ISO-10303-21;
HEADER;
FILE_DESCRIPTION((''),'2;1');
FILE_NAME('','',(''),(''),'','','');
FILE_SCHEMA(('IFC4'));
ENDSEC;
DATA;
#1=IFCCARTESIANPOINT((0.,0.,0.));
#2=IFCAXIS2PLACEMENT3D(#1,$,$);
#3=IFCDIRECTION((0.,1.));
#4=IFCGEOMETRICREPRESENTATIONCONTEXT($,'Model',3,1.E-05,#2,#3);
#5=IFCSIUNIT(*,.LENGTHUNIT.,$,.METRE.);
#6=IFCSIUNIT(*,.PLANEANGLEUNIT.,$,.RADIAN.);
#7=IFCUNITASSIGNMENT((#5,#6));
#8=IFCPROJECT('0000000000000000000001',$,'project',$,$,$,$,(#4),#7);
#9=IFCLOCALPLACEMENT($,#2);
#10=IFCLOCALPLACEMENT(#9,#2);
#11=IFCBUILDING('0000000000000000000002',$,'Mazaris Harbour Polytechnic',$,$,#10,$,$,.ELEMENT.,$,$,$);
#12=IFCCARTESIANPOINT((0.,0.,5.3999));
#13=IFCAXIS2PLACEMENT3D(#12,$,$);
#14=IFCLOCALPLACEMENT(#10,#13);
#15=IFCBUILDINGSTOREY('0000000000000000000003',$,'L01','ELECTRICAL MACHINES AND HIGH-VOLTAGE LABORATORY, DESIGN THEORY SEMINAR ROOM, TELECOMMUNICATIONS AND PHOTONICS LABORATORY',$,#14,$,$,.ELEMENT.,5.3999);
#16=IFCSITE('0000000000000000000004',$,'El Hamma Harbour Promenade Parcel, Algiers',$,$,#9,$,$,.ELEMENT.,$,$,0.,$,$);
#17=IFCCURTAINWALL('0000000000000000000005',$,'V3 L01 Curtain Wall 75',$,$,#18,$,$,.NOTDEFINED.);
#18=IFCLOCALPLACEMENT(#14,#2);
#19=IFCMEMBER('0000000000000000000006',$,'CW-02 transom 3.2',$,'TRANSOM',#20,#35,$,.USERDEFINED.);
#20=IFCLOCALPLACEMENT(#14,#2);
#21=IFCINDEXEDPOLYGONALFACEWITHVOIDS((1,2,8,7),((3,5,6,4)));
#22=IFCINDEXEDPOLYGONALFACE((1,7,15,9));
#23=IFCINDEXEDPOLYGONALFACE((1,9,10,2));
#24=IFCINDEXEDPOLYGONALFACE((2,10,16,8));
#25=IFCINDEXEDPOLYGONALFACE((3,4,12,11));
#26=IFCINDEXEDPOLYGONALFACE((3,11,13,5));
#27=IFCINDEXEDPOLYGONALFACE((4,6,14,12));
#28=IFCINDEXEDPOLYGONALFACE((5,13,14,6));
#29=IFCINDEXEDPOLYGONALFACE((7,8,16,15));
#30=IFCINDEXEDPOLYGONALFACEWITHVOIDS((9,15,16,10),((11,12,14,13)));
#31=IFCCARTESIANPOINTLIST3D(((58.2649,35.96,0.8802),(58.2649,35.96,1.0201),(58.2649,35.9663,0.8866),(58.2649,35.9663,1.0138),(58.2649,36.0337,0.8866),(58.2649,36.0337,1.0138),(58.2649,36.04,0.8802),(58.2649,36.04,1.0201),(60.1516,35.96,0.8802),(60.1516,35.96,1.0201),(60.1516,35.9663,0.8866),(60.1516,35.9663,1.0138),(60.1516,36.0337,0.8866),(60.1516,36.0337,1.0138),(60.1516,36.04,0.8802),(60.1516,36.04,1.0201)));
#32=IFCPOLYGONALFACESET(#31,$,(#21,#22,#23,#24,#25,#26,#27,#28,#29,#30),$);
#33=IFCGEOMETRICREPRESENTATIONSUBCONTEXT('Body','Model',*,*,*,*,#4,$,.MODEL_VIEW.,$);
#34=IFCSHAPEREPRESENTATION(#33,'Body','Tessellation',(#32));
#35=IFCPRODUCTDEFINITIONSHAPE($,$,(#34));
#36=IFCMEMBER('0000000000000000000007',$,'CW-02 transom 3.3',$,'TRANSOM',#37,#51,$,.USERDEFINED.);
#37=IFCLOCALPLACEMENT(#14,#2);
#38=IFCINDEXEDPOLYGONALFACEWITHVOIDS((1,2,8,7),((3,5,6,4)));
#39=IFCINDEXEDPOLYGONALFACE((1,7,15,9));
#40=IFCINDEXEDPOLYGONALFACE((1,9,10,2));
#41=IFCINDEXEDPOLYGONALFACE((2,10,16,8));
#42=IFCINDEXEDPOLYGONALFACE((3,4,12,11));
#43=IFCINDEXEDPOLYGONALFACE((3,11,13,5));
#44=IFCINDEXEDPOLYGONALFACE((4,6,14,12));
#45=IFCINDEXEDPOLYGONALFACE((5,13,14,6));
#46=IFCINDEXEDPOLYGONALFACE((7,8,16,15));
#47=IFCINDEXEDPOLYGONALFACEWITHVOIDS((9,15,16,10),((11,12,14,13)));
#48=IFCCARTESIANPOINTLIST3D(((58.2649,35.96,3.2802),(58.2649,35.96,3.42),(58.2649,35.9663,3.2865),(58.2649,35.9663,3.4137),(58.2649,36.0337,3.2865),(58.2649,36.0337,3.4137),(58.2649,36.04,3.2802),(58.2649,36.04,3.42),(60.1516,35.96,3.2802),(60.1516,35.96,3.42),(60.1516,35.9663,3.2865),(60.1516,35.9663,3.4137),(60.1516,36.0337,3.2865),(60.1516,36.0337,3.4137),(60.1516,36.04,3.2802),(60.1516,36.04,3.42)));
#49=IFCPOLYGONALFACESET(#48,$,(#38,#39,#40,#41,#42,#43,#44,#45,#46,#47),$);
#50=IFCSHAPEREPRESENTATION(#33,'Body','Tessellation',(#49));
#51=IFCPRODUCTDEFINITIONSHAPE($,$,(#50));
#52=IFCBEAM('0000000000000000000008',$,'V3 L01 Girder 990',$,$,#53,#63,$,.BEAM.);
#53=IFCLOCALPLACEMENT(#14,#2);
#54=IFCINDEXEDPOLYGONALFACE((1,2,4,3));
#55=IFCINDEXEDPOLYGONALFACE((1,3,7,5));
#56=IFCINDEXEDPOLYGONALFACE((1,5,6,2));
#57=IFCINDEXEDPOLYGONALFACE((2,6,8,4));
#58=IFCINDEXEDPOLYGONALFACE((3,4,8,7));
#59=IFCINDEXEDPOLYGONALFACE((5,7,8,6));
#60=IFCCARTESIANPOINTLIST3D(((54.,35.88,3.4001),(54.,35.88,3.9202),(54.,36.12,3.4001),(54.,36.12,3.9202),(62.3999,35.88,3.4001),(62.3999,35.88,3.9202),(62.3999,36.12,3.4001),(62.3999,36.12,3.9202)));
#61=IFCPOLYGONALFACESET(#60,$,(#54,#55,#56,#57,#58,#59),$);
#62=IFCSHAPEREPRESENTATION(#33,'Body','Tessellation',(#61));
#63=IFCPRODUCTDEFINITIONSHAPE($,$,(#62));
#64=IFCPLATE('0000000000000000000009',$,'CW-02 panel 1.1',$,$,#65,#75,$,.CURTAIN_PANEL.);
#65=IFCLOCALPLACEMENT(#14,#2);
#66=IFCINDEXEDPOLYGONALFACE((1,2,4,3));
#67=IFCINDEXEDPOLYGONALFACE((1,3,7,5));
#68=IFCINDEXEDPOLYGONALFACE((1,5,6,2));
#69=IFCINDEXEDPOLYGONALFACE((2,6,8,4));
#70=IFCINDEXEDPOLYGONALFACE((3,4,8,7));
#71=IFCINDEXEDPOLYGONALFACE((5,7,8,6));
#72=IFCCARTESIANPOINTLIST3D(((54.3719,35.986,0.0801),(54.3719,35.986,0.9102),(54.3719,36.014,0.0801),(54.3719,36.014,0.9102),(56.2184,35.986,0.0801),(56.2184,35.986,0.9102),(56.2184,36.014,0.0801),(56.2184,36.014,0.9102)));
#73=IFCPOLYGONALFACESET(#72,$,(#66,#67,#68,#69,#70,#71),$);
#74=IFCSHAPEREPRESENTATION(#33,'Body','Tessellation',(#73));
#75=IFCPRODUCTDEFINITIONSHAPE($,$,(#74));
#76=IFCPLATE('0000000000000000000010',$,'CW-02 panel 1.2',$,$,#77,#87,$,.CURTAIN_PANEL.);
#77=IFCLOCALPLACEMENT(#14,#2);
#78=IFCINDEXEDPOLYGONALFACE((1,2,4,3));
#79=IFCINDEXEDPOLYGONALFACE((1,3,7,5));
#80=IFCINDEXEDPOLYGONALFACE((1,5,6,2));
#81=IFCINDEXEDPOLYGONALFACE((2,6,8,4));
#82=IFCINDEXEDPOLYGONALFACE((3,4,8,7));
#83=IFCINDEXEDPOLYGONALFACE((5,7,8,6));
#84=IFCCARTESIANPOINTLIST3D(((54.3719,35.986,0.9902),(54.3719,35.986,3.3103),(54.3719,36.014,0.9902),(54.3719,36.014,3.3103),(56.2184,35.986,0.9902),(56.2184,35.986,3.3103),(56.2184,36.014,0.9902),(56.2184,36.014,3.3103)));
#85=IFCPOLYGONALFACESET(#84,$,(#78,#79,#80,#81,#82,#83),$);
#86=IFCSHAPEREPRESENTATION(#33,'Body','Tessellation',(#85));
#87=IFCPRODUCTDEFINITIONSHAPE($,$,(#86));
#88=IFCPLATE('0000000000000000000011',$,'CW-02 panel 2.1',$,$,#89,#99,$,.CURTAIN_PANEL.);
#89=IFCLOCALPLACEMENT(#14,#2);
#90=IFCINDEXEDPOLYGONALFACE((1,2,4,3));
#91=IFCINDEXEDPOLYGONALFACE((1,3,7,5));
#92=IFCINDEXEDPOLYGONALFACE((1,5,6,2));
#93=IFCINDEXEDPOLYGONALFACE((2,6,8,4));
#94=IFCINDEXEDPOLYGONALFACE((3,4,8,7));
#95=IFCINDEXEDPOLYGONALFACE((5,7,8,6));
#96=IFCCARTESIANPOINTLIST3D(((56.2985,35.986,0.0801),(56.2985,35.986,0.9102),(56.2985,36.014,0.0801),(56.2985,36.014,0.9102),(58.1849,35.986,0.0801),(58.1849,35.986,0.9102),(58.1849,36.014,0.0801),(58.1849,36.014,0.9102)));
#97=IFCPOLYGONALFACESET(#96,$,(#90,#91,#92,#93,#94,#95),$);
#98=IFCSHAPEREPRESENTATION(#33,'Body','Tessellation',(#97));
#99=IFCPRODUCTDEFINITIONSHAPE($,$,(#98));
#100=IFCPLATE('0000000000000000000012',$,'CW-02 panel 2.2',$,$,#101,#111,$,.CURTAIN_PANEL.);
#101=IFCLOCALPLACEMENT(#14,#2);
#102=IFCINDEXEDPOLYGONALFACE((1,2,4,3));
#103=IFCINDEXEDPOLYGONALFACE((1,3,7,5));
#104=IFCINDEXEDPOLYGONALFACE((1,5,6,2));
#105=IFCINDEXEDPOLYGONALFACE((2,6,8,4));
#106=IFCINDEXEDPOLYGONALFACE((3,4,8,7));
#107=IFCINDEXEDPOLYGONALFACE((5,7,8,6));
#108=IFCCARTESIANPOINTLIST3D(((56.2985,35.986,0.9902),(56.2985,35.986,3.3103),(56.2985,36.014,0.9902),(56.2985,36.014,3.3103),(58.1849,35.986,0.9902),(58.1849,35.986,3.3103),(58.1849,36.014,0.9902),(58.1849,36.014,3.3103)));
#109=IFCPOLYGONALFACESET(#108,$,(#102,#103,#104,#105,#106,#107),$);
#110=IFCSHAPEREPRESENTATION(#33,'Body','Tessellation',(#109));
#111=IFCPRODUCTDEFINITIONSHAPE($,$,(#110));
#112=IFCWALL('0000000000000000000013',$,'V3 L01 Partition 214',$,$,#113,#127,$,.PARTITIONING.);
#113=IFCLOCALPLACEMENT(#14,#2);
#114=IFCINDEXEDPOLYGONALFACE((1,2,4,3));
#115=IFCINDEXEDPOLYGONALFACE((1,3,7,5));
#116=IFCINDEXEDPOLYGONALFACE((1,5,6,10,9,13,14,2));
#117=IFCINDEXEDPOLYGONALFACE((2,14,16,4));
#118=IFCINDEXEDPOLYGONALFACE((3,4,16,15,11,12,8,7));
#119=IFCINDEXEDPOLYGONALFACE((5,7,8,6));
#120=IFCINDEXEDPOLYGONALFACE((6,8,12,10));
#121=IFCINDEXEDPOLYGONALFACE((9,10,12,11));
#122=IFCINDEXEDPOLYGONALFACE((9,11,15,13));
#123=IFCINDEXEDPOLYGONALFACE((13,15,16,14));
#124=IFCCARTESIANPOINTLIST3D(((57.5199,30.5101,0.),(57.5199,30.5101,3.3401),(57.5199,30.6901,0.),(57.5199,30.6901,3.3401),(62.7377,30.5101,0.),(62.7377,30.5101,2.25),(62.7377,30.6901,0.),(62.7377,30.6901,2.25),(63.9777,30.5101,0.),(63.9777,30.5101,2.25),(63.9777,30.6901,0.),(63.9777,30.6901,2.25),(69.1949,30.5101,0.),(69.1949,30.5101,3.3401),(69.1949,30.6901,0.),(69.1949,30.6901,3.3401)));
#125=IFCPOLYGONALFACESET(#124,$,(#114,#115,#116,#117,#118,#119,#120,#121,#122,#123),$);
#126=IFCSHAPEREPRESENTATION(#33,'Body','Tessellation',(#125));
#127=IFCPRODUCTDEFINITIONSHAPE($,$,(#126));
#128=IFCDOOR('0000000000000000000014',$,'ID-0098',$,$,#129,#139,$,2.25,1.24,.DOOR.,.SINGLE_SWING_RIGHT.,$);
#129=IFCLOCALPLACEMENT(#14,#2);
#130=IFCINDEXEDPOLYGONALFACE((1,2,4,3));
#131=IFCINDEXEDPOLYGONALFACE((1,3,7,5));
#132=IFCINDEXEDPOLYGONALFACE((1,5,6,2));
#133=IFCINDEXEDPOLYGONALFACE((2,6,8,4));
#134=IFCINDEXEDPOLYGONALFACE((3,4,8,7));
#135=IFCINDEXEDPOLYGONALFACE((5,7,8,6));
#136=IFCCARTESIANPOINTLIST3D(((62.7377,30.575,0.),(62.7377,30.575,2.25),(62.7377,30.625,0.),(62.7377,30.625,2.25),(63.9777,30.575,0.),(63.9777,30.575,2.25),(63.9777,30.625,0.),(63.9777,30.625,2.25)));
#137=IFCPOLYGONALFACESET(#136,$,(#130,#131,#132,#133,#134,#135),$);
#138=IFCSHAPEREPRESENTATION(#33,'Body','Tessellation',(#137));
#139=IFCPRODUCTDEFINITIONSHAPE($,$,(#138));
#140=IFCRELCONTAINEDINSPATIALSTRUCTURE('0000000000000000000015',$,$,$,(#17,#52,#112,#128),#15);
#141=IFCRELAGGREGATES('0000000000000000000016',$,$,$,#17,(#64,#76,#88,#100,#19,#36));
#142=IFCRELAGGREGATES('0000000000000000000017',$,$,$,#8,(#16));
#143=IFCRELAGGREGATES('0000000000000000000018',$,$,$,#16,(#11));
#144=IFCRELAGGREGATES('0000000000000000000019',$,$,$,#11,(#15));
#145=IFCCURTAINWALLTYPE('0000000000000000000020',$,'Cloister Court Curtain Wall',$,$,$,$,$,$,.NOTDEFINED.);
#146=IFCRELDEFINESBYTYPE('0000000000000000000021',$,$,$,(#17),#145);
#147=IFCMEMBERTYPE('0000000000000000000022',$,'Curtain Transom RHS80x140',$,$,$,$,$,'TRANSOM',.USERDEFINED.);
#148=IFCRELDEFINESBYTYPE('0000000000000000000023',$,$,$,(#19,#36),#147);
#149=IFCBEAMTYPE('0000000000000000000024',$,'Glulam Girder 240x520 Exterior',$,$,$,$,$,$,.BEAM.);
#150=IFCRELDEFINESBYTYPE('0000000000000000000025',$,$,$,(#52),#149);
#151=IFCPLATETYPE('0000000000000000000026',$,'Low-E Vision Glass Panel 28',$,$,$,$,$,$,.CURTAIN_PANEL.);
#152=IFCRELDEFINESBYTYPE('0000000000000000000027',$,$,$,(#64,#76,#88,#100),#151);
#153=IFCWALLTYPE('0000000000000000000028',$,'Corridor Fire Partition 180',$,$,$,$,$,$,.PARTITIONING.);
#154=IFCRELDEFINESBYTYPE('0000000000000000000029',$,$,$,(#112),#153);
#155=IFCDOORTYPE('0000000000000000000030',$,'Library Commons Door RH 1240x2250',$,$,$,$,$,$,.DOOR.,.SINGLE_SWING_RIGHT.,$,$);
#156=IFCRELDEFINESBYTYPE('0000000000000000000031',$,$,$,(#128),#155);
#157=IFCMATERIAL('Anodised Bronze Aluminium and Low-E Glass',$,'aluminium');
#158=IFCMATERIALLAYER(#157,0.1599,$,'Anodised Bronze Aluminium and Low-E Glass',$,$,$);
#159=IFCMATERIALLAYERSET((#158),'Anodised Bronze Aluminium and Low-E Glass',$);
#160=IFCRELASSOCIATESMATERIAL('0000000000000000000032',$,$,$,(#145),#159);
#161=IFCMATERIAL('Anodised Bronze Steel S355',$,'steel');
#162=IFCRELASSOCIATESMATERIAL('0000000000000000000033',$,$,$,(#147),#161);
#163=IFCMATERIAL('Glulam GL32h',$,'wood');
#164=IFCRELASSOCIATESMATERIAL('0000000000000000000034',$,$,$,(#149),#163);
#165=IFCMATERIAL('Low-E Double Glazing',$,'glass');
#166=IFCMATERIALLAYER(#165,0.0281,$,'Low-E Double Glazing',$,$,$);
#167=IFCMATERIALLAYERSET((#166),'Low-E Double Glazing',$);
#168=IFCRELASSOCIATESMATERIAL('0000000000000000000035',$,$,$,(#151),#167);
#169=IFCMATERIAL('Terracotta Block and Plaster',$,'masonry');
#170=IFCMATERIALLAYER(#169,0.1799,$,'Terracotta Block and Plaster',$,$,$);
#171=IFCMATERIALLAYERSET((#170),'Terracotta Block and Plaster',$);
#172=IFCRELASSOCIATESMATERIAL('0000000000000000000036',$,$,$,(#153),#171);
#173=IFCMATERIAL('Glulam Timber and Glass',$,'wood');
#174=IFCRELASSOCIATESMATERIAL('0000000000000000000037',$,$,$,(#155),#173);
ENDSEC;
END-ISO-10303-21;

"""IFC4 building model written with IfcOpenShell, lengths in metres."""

from ifc_helpers import new_model, si_unit, direction, frame, frame_2d, origin, origin_2d, place, context, subcontext, project, spatial, rectangle, hollow_rectangle, extrude, material, layer, layer_set, material_profile, profile_set, type_object, element, fill, aggregate, save


model = new_model("IFC4")

# Units and contexts
model_context = context("Model", 3, precision=1e-05, world=origin(), true_north=direction((0.0, 1.0)))
body_context = subcontext(model_context, "Body", "Model", "MODEL_VIEW")
ifc_project = project(units=[si_unit("LENGTHUNIT", "METRE"), si_unit("PLANEANGLEUNIT", "RADIAN")], contexts=[model_context])

# Site, building, storey
site_placement = place(None, origin())
site = spatial("IfcSite", under=ifc_project, at=site_placement, Name="El Hamma Harbour Promenade Parcel, Algiers", CompositionType="ELEMENT", RefElevation=0.0)
building_placement = place(site_placement, origin())
building = spatial("IfcBuilding", under=site, at=building_placement, Name="Mazaris Harbour Polytechnic", CompositionType="ELEMENT")
storey_placement = place(building_placement, frame((0.0, 0.0, 5.3999)))
storey = spatial("IfcBuildingStorey", under=building, at=storey_placement, Name="L01", Description="ELECTRICAL MACHINES AND HIGH-VOLTAGE LABORATORY, DESIGN THEORY SEMINAR ROOM, TELECOMMUNICATIONS AND PHOTONICS LABORATORY", CompositionType="ELEMENT", Elevation=5.3999)

# Curtain wall, members
ifc_material_1 = material(Name="Anodised Bronze Aluminium and Low-E Glass", Category="aluminium")
ifc_layer_1 = layer(ifc_material_1, 0.1599, Name="Anodised Bronze Aluminium and Low-E Glass")
ifc_layer_set_1 = layer_set([ifc_layer_1], Name="Anodised Bronze Aluminium and Low-E Glass")
curtain_wall_type = type_object("IfcCurtainWallType", Name="Cloister Court Curtain Wall", PredefinedType="NOTDEFINED", material=ifc_layer_set_1)
curtain_wall_placement = place(storey_placement, origin())
curtain_wall = element("IfcCurtainWall", 1, at=curtain_wall_placement, inside=storey, type_object=curtain_wall_type, Name="V3 L01 Curtain Wall 75", PredefinedType="NOTDEFINED")
ifc_material_2 = material(Name="Anodised Bronze Steel S355", Category="steel")
ifc_material_profile_1 = material_profile(ifc_material_2, hollow_rectangle(XDim=0.0801, YDim=0.1399, WallThickness=0.0063, at=origin_2d()), Name="RHS 80x140x6.3")
ifc_profile_set_1 = profile_set([ifc_material_profile_1], Name="Anodised Bronze Steel S355")
member_type_1 = type_object("IfcMemberType", Name="Curtain Transom RHS80x140", ElementType="TRANSOM", PredefinedType="USERDEFINED", material=ifc_profile_set_1)
member_1_placement = place(storey_placement, frame((58.2649, 36.0, 0.9502), z_axis=(1.0, 0.0, 0.0), x_axis=(0.0, 1.0, 0.0)))
member_1 = element("IfcMember", 2, at=member_1_placement, type_object=member_type_1, Name="CW-02 transom 3.2", ObjectType="TRANSOM", PredefinedType="USERDEFINED", context=body_context, shape_type="SweptSolid", body=[
    extrude(hollow_rectangle(XDim=0.0801, YDim=0.1399, WallThickness=0.0063, at=origin_2d()), origin(), (0.0, 0.0, 1.0), 1.8867),
])
member_2_placement = place(storey_placement, frame((58.2649, 36.0, 3.3501), z_axis=(1.0, 0.0, 0.0), x_axis=(0.0, 1.0, 0.0)))
member_2 = element("IfcMember", 3, at=member_2_placement, type_object=member_type_1, Name="CW-02 transom 3.3", ObjectType="TRANSOM", PredefinedType="USERDEFINED", context=body_context, shape_type="SweptSolid", body=[
    extrude(hollow_rectangle(XDim=0.0801, YDim=0.1399, WallThickness=0.0063, at=origin_2d()), origin(), (0.0, 0.0, 1.0), 1.8867),
])

# Beam
ifc_material_3 = material(Name="Glulam GL32h", Category="wood")
ifc_material_profile_2 = material_profile(ifc_material_3, rectangle(XDim=0.24, YDim=0.52, at=origin_2d()), Name="RECT240x520")
ifc_profile_set_2 = profile_set([ifc_material_profile_2], Name="Glulam GL32h")
beam_type = type_object("IfcBeamType", Name="Glulam Girder 240x520 Exterior", PredefinedType="BEAM", material=ifc_profile_set_2)
beam_placement = place(storey_placement, frame((54.0, 36.0, 3.6602), z_axis=(1.0, 0.0, 0.0), x_axis=(0.0, 1.0, 0.0)))
element("IfcBeam", 4, at=beam_placement, inside=storey, type_object=beam_type, Name="V3 L01 Girder 990", PredefinedType="BEAM", context=body_context, shape_type="SweptSolid", body=[
    extrude(rectangle(XDim=0.24, YDim=0.52, at=origin_2d()), origin(), (0.0, 0.0, 1.0), 8.3999),
])

# Plates
ifc_material_4 = material(Name="Low-E Double Glazing", Category="glass")
ifc_layer_2 = layer(ifc_material_4, 0.0281, Name="Low-E Double Glazing")
ifc_layer_set_2 = layer_set([ifc_layer_2], Name="Low-E Double Glazing")
plate_type = type_object("IfcPlateType", Name="Low-E Vision Glass Panel 28", PredefinedType="CURTAIN_PANEL", material=ifc_layer_set_2)
plate_1_placement = place(storey_placement, frame((55.2952, 36.0, 0.0801), z_axis=(0.0, 0.0, 1.0), x_axis=(1.0, 0.0, 0.0)))
plate_1 = element("IfcPlate", 5, at=plate_1_placement, type_object=plate_type, Name="CW-02 panel 1.1", PredefinedType="CURTAIN_PANEL", context=body_context, shape_type="SweptSolid", body=[
    extrude(rectangle(XDim=1.8464, YDim=0.0281, at=origin_2d()), origin(), (0.0, 0.0, 1.0), 0.8301),
])
plate_2_placement = place(storey_placement, frame((55.2952, 36.0, 0.9902), z_axis=(0.0, 0.0, 1.0), x_axis=(1.0, 0.0, 0.0)))
plate_2 = element("IfcPlate", 6, at=plate_2_placement, type_object=plate_type, Name="CW-02 panel 1.2", PredefinedType="CURTAIN_PANEL", context=body_context, shape_type="SweptSolid", body=[
    extrude(rectangle(XDim=1.8464, YDim=0.0281, at=origin_2d()), origin(), (0.0, 0.0, 1.0), 2.3201),
])
plate_3_placement = place(storey_placement, frame((57.2417, 36.0, 0.0801), z_axis=(0.0, 0.0, 1.0), x_axis=(1.0, 0.0, 0.0)))
plate_3 = element("IfcPlate", 7, at=plate_3_placement, type_object=plate_type, Name="CW-02 panel 2.1", PredefinedType="CURTAIN_PANEL", context=body_context, shape_type="SweptSolid", body=[
    extrude(rectangle(XDim=1.8865, YDim=0.0281, at=origin_2d()), origin(), (0.0, 0.0, 1.0), 0.8301),
])
plate_4_placement = place(storey_placement, frame((57.2417, 36.0, 0.9902), z_axis=(0.0, 0.0, 1.0), x_axis=(1.0, 0.0, 0.0)))
plate_4 = element("IfcPlate", 8, at=plate_4_placement, type_object=plate_type, Name="CW-02 panel 2.2", PredefinedType="CURTAIN_PANEL", context=body_context, shape_type="SweptSolid", body=[
    extrude(rectangle(XDim=1.8865, YDim=0.0281, at=origin_2d()), origin(), (0.0, 0.0, 1.0), 2.3201),
])
aggregate(curtain_wall, [plate_1, plate_2, plate_3, plate_4, member_1, member_2])

# Wall, opening, door
ifc_material_5 = material(Name="Terracotta Block and Plaster", Category="masonry")
ifc_layer_3 = layer(ifc_material_5, 0.1799, Name="Terracotta Block and Plaster")
ifc_layer_set_3 = layer_set([ifc_layer_3], Name="Terracotta Block and Plaster")
wall_type = type_object("IfcWallType", Name="Corridor Fire Partition 180", PredefinedType="PARTITIONING", material=ifc_layer_set_3)
wall_placement = place(storey_placement, frame((57.52, 30.6001, 0.0), z_axis=(0.0, 0.0, 1.0), x_axis=(1.0, 0.0, 0.0)))
wall = element("IfcWall", 9, at=wall_placement, inside=storey, type_object=wall_type, Name="V3 L01 Partition 214", PredefinedType="PARTITIONING", context=body_context, shape_type="SweptSolid", body=[
    extrude(rectangle(XDim=11.675, YDim=0.1799, at=frame_2d((5.8374, 0.0))), origin(), (0.0, 0.0, 1.0), 3.3401),
])
opening_placement = place(wall_placement, frame((5.2175, 0.0, 0.0)))
opening = element("IfcOpeningElement", 10, at=opening_placement, cuts=wall, PredefinedType="OPENING", context=body_context, shape_type="SweptSolid", body=[
    extrude(rectangle(XDim=1.24, YDim=2.25, at=frame_2d((0.6201, 1.125))), frame((0.0, 0.0999, 0.0), z_axis=(0.0, -1.0, 0.0), x_axis=(1.0, 0.0, 0.0)), (0.0, 0.0, 1.0), 0.2),
])
ifc_material_6 = material(Name="Glulam Timber and Glass", Category="wood")
door_type = type_object("IfcDoorType", Name="Library Commons Door RH 1240x2250", OperationType="SINGLE_SWING_RIGHT", PredefinedType="DOOR", material=ifc_material_6)
door_placement = place(opening_placement, origin())
door = element("IfcDoor", 11, at=door_placement, inside=storey, type_object=door_type, Name="ID-0098", OperationType="SINGLE_SWING_RIGHT", OverallHeight=2.25, OverallWidth=1.24, PredefinedType="DOOR", context=body_context, shape_type="SweptSolid", body=[
    extrude(rectangle(XDim=1.24, YDim=2.25, at=frame_2d((0.6201, 1.125))), frame((0.0, 0.0249, 0.0), z_axis=(0.0, -1.0, 0.0), x_axis=(1.0, 0.0, 0.0)), (0.0, 0.0, 1.0), 0.05),
])
fill(opening, door)

save(model, "model.ifc")
